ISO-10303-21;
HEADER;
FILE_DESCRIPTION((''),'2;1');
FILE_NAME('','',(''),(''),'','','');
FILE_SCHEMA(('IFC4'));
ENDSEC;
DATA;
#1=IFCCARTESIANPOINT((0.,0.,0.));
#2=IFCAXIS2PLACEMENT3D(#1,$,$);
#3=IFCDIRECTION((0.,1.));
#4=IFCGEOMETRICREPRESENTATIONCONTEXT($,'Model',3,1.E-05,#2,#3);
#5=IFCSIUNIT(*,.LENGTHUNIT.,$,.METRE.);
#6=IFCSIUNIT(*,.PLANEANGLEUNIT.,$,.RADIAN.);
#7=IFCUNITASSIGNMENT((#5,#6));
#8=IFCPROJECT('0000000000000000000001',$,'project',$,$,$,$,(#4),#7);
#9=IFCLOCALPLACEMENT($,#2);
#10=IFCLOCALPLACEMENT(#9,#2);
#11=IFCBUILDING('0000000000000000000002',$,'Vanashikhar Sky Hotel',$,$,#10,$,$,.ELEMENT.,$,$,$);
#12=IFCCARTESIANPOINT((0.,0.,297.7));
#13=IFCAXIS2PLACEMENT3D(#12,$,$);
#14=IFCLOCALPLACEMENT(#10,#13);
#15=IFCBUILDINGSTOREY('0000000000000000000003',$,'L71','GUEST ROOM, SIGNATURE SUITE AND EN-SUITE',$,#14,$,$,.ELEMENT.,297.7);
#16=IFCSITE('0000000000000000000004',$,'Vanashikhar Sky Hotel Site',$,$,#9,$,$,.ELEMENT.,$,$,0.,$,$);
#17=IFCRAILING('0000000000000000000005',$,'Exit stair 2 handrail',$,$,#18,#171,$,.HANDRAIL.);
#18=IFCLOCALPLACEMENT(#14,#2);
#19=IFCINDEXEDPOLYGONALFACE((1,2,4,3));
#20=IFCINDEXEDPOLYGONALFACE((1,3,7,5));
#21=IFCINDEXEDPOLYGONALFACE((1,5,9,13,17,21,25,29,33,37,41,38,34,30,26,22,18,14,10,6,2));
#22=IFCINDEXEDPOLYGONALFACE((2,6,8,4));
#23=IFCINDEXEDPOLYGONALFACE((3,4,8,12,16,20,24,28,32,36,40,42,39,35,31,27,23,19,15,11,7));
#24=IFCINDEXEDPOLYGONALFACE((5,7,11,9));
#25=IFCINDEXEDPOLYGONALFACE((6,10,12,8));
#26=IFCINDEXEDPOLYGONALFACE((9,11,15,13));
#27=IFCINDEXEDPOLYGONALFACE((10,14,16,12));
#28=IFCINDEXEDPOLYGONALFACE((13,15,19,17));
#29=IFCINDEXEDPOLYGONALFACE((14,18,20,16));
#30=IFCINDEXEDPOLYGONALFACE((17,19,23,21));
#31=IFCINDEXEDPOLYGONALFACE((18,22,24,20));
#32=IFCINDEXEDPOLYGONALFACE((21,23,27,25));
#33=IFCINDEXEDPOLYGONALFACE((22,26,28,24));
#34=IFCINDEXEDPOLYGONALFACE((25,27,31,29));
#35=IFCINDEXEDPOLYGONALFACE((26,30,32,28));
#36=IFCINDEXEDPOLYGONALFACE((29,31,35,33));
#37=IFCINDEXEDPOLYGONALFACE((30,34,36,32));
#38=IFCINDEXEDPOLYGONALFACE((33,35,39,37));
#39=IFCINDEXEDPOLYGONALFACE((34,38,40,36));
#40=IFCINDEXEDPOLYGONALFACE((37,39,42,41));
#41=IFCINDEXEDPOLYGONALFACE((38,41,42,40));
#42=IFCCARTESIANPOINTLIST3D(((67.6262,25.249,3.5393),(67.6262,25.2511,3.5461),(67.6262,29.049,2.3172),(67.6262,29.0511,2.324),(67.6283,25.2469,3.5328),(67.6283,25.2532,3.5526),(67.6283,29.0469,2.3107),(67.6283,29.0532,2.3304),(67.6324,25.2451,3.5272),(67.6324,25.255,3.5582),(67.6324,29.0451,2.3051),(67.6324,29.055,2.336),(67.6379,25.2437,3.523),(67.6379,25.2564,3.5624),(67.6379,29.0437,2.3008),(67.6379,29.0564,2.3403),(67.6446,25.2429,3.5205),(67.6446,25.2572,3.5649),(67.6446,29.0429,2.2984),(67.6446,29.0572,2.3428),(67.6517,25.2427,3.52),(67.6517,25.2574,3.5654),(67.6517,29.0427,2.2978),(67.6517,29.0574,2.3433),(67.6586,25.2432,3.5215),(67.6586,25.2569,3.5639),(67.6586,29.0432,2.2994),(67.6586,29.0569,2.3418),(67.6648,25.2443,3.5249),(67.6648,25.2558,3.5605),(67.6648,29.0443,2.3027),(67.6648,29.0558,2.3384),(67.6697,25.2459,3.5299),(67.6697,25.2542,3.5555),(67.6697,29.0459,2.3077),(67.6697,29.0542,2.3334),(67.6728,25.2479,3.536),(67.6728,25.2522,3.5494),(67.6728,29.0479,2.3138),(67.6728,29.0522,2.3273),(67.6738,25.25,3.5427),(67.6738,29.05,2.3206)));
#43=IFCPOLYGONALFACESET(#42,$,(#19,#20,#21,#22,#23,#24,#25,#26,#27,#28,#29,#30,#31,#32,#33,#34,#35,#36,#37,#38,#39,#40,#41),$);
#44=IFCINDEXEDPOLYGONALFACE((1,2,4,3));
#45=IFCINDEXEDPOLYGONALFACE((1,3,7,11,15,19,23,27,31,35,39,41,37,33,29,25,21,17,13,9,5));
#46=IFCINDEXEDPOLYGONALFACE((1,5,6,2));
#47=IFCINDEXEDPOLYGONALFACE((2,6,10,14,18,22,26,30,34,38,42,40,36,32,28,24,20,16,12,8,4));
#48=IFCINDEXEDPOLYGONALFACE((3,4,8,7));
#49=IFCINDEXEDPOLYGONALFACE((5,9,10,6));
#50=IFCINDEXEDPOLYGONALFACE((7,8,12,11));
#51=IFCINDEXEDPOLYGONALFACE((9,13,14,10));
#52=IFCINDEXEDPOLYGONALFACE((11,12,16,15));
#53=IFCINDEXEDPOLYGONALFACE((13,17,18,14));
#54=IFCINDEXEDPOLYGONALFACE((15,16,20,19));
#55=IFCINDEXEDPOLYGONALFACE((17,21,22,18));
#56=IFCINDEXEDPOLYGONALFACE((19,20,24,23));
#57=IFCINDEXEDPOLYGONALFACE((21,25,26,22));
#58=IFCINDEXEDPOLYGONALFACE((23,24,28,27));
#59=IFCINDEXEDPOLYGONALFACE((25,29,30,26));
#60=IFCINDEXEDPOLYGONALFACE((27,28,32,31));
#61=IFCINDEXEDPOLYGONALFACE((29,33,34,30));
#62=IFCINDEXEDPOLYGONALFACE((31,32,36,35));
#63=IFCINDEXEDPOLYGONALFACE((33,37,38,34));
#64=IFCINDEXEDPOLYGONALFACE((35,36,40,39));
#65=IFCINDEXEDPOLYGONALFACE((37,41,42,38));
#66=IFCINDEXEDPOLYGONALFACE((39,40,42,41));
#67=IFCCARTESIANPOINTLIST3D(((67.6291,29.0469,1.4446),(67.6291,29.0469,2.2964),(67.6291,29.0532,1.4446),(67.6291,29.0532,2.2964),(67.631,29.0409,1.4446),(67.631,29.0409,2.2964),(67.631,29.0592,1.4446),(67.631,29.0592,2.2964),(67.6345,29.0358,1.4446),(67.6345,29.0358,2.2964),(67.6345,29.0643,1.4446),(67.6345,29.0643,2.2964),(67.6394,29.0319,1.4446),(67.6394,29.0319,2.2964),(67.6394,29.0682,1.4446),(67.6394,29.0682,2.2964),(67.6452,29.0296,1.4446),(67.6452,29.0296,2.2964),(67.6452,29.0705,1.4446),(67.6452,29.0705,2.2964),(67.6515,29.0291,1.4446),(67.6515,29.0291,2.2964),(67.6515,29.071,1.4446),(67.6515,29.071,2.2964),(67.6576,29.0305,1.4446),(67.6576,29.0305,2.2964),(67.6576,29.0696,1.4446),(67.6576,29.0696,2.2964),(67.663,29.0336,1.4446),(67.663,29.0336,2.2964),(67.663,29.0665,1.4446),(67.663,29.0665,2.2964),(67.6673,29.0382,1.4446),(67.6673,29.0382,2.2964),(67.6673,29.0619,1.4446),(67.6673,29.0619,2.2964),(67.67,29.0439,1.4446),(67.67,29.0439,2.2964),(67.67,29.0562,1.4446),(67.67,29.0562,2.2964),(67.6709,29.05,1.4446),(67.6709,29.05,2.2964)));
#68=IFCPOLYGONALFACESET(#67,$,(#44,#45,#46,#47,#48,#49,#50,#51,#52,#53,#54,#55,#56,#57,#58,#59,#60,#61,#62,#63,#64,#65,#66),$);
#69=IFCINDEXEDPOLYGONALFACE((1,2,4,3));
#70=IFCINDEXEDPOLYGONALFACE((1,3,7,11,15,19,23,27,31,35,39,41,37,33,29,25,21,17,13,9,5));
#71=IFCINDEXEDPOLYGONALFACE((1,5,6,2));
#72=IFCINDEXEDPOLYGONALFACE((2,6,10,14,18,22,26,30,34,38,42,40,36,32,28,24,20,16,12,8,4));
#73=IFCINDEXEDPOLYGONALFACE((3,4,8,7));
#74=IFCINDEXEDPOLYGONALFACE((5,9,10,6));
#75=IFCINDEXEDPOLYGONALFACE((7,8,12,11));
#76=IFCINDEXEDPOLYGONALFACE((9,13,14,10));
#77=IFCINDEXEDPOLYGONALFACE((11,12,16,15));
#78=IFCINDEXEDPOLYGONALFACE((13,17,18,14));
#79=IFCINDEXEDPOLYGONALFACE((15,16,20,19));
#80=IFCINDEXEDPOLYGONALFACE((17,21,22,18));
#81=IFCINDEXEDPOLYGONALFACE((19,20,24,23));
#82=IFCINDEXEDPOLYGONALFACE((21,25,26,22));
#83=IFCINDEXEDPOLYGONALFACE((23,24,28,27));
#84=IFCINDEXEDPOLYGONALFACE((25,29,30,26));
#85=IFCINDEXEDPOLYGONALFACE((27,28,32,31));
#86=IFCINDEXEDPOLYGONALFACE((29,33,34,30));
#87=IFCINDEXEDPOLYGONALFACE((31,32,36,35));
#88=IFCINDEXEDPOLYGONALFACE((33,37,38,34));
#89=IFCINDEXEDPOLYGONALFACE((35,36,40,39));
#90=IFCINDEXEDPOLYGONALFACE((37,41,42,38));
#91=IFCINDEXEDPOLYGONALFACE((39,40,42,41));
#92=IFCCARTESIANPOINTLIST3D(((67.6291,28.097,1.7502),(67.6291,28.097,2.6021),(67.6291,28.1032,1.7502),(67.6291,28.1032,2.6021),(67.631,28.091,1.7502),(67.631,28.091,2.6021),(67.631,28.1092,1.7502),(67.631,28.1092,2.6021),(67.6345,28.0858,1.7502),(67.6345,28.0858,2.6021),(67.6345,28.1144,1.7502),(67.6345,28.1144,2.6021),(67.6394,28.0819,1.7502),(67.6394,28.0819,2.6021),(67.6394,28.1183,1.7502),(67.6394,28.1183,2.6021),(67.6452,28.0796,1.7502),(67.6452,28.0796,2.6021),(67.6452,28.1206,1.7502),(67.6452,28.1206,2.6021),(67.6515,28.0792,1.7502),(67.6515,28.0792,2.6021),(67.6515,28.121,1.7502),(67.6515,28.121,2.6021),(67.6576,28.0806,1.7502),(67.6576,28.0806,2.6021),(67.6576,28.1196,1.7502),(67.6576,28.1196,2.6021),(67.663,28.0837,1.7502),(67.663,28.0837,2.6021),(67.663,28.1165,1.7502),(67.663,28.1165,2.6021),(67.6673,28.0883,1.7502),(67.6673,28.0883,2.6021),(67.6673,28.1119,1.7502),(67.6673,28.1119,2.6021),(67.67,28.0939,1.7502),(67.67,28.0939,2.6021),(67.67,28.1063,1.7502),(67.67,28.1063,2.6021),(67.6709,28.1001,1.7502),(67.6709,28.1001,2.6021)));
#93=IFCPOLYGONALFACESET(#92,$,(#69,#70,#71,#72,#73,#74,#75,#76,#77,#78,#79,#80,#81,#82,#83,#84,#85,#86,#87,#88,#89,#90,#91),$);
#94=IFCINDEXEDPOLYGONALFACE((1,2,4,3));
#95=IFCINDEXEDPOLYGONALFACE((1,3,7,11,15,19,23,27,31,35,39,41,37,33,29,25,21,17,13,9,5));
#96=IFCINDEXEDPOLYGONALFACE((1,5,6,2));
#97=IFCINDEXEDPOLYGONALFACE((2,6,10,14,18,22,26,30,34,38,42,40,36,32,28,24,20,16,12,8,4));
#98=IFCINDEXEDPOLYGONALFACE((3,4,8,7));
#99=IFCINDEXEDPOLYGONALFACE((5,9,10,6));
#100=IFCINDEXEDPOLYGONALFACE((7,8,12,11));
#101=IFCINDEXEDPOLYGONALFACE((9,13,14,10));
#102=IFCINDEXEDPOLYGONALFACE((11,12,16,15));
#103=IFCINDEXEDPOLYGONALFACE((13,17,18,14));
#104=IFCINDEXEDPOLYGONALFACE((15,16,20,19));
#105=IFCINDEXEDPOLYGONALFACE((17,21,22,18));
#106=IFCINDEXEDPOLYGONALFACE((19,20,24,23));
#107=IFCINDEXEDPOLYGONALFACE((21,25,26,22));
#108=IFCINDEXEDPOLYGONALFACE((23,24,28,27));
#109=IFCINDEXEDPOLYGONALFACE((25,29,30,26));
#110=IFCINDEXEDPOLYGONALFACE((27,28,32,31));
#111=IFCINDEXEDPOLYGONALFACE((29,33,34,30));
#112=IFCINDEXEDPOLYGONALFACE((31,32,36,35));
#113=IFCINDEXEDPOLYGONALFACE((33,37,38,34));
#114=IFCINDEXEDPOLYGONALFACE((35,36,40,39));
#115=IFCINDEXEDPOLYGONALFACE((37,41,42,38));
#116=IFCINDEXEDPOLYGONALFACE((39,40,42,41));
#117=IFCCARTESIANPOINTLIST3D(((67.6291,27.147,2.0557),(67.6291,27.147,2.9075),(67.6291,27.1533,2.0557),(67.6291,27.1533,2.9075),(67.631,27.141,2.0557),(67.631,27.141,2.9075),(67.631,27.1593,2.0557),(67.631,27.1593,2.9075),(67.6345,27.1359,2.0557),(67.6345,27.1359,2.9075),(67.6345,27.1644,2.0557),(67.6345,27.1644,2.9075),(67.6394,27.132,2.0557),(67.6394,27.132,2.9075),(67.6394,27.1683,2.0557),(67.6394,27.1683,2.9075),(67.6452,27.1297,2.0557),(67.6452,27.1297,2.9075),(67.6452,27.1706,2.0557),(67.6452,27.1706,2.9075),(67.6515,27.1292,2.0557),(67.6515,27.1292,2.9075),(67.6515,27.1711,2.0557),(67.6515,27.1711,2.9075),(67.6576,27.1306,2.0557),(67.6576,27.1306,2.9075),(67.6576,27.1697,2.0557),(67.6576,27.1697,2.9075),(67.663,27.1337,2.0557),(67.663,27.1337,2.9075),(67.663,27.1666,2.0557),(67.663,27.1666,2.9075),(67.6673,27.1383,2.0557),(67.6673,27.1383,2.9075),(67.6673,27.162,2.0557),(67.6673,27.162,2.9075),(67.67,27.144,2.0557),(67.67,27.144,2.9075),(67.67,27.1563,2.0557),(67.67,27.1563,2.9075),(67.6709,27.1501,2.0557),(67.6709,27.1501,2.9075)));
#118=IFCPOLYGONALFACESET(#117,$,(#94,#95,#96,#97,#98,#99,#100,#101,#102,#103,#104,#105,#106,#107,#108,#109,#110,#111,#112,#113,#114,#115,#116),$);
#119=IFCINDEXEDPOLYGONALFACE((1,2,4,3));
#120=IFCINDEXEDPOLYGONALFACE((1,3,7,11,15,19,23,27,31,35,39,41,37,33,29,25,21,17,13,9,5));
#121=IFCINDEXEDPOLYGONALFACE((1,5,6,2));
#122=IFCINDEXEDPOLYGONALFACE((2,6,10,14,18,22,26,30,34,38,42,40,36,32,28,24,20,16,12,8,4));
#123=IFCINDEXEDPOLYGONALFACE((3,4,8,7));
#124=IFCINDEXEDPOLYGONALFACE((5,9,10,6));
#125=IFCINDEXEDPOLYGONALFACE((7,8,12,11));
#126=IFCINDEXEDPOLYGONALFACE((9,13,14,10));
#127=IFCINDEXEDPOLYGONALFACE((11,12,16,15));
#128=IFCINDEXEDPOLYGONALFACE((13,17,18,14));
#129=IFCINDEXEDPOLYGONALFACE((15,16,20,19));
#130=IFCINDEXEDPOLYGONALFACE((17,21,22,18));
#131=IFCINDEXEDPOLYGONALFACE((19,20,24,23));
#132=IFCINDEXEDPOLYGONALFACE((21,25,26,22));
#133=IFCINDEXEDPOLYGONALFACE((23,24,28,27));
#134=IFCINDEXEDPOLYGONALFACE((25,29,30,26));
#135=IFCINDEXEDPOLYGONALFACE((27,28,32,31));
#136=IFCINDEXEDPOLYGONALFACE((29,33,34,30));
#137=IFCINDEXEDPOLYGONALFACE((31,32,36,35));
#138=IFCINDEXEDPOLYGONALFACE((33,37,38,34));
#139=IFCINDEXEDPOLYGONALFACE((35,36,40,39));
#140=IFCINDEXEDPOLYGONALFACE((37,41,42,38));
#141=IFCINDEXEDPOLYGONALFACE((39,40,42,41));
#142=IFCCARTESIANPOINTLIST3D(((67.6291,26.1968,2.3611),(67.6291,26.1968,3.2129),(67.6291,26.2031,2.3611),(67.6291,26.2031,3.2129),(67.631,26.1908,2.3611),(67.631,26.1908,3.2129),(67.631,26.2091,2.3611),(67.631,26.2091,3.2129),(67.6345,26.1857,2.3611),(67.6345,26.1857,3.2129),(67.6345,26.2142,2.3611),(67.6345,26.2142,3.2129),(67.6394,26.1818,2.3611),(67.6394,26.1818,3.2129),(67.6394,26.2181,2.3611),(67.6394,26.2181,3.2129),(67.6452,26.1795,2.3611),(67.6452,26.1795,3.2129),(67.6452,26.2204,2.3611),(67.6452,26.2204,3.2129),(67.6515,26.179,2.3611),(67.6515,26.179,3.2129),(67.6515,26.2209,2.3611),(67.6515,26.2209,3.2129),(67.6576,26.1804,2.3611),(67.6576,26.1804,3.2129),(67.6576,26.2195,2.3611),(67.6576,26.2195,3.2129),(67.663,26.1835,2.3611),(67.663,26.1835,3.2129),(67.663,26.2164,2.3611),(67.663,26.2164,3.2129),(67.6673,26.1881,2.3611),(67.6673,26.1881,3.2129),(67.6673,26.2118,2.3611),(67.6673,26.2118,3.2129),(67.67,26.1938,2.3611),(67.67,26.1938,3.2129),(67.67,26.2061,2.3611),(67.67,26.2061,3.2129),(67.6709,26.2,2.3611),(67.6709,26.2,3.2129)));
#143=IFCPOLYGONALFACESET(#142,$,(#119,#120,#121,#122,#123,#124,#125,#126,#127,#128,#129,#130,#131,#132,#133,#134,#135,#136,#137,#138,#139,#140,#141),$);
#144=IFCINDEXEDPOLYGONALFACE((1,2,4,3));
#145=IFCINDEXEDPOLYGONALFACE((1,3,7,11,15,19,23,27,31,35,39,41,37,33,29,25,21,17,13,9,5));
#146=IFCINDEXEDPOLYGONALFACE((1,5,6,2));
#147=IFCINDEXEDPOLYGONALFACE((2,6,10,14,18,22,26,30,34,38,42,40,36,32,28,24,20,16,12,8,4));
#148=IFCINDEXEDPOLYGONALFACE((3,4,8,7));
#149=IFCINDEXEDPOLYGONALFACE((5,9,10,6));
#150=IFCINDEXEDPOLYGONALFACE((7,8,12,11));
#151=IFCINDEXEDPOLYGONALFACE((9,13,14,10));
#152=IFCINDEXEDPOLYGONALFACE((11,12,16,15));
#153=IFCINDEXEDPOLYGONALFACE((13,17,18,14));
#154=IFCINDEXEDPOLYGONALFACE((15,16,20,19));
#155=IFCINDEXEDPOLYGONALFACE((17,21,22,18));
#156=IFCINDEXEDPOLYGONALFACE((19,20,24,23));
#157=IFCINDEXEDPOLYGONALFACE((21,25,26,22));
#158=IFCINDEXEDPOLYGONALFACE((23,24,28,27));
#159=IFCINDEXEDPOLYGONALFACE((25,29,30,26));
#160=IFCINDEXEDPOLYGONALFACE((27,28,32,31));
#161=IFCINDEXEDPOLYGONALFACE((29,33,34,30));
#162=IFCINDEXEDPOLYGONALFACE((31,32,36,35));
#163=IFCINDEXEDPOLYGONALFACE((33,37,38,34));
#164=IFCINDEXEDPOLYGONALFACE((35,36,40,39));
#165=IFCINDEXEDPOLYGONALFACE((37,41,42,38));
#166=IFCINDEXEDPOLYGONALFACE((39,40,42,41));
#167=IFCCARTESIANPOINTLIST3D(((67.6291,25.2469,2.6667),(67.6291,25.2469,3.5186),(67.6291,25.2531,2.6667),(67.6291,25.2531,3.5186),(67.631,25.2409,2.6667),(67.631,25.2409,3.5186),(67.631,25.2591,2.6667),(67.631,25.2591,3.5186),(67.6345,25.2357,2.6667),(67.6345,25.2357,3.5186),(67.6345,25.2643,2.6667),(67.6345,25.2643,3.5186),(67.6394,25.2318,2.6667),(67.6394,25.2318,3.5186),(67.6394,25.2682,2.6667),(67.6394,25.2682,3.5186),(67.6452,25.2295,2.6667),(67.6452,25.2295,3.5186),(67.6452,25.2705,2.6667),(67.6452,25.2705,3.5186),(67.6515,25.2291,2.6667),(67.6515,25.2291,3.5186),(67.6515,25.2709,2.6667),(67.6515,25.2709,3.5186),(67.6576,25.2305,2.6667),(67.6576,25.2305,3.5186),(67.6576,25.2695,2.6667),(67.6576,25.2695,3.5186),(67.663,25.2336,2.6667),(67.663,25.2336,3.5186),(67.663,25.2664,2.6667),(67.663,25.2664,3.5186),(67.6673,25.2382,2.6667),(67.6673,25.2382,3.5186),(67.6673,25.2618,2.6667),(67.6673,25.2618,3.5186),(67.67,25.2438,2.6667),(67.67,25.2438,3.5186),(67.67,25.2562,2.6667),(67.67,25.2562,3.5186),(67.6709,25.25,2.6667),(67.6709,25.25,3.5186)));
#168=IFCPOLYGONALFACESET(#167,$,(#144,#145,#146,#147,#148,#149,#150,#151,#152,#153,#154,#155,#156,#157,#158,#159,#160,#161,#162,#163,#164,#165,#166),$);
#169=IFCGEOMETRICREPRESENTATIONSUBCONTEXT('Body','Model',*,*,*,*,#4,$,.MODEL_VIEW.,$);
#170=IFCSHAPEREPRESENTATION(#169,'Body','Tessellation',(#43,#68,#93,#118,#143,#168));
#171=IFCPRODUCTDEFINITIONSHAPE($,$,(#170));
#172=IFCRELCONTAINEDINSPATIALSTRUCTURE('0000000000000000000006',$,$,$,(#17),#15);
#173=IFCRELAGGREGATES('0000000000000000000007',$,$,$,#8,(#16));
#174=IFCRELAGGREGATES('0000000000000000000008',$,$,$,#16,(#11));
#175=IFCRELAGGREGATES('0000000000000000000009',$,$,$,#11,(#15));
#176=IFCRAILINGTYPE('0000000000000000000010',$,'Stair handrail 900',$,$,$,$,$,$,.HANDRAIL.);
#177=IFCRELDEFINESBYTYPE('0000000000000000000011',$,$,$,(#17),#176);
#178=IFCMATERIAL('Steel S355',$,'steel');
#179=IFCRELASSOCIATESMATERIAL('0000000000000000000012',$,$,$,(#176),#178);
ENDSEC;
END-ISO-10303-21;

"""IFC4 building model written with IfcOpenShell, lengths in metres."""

from ifc_helpers import new_model, si_unit, direction, frame, origin, origin_2d, place, context, subcontext, project, spatial, circle, extrude, source, transform, mapped, material, type_object, element, save


model = new_model("IFC4")

# Units and contexts
model_context = context("Model", 3, precision=1e-05, world=origin(), true_north=direction((0.0, 1.0)))
body_context = subcontext(model_context, "Body", "Model", "MODEL_VIEW")
ifc_project = project(units=[si_unit("LENGTHUNIT", "METRE"), si_unit("PLANEANGLEUNIT", "RADIAN")], contexts=[model_context])

# Site, building, storey
site_placement = place(None, origin())
site = spatial("IfcSite", under=ifc_project, at=site_placement, Name="Vanashikhar Sky Hotel Site", CompositionType="ELEMENT", RefElevation=0.0)
building_placement = place(site_placement, origin())
building = spatial("IfcBuilding", under=site, at=building_placement, Name="Vanashikhar Sky Hotel", CompositionType="ELEMENT")
storey_placement = place(building_placement, frame((0.0, 0.0, 297.7)))
storey = spatial("IfcBuildingStorey", under=building, at=storey_placement, Name="L71", Description="GUEST ROOM, SIGNATURE SUITE AND EN-SUITE", CompositionType="ELEMENT", Elevation=297.7)

# Railing
ifc_material_1 = material(Name="Steel S355", Category="steel")
railing_type_1 = type_object("IfcRailingType", Name="Stair handrail 900", PredefinedType="HANDRAIL", material=ifc_material_1)
shared_shape_1 = source(origin(), body_context, "Body", "SweptSolid", [
    extrude(circle(Radius=0.0239, at=origin_2d()), frame((0.0, 0.0, 0.876), z_axis=(0.0, -0.951976, 0.306173), x_axis=(1.0, 0.0, 0.0)), (0.0, 0.0, 1.0), 3.9917),
    extrude(circle(Radius=0.021, at=origin_2d()), origin(), (0.0, 0.0, 1.0), 0.8518),
    extrude(circle(Radius=0.021, at=origin_2d()), frame((0.0, -0.95, 0.3057)), (0.0, 0.0, 1.0), 0.8518),
    extrude(circle(Radius=0.021, at=origin_2d()), frame((0.0, -1.8999, 0.6111)), (0.0, 0.0, 1.0), 0.8518),
    extrude(circle(Radius=0.021, at=origin_2d()), frame((0.0, -2.8501, 0.9165)), (0.0, 0.0, 1.0), 0.8518),
    extrude(circle(Radius=0.021, at=origin_2d()), frame((0.0, -3.8, 1.2222)), (0.0, 0.0, 1.0), 0.8518),
])
for number, where, name in (
    (1, (67.6499, 29.05, 1.4446), "Exit stair 2 handrail"),
):
    element("IfcRailing", number, at=place(storey_placement, frame(where)), inside=storey, type_object=railing_type_1, Name=name, PredefinedType="HANDRAIL", context=body_context, shape_type="MappedRepresentation", body=[
        mapped(shared_shape_1, transform((0.0, 0.0, 0.0), scale=1.0)),
    ])

save(model, "model.ifc")
